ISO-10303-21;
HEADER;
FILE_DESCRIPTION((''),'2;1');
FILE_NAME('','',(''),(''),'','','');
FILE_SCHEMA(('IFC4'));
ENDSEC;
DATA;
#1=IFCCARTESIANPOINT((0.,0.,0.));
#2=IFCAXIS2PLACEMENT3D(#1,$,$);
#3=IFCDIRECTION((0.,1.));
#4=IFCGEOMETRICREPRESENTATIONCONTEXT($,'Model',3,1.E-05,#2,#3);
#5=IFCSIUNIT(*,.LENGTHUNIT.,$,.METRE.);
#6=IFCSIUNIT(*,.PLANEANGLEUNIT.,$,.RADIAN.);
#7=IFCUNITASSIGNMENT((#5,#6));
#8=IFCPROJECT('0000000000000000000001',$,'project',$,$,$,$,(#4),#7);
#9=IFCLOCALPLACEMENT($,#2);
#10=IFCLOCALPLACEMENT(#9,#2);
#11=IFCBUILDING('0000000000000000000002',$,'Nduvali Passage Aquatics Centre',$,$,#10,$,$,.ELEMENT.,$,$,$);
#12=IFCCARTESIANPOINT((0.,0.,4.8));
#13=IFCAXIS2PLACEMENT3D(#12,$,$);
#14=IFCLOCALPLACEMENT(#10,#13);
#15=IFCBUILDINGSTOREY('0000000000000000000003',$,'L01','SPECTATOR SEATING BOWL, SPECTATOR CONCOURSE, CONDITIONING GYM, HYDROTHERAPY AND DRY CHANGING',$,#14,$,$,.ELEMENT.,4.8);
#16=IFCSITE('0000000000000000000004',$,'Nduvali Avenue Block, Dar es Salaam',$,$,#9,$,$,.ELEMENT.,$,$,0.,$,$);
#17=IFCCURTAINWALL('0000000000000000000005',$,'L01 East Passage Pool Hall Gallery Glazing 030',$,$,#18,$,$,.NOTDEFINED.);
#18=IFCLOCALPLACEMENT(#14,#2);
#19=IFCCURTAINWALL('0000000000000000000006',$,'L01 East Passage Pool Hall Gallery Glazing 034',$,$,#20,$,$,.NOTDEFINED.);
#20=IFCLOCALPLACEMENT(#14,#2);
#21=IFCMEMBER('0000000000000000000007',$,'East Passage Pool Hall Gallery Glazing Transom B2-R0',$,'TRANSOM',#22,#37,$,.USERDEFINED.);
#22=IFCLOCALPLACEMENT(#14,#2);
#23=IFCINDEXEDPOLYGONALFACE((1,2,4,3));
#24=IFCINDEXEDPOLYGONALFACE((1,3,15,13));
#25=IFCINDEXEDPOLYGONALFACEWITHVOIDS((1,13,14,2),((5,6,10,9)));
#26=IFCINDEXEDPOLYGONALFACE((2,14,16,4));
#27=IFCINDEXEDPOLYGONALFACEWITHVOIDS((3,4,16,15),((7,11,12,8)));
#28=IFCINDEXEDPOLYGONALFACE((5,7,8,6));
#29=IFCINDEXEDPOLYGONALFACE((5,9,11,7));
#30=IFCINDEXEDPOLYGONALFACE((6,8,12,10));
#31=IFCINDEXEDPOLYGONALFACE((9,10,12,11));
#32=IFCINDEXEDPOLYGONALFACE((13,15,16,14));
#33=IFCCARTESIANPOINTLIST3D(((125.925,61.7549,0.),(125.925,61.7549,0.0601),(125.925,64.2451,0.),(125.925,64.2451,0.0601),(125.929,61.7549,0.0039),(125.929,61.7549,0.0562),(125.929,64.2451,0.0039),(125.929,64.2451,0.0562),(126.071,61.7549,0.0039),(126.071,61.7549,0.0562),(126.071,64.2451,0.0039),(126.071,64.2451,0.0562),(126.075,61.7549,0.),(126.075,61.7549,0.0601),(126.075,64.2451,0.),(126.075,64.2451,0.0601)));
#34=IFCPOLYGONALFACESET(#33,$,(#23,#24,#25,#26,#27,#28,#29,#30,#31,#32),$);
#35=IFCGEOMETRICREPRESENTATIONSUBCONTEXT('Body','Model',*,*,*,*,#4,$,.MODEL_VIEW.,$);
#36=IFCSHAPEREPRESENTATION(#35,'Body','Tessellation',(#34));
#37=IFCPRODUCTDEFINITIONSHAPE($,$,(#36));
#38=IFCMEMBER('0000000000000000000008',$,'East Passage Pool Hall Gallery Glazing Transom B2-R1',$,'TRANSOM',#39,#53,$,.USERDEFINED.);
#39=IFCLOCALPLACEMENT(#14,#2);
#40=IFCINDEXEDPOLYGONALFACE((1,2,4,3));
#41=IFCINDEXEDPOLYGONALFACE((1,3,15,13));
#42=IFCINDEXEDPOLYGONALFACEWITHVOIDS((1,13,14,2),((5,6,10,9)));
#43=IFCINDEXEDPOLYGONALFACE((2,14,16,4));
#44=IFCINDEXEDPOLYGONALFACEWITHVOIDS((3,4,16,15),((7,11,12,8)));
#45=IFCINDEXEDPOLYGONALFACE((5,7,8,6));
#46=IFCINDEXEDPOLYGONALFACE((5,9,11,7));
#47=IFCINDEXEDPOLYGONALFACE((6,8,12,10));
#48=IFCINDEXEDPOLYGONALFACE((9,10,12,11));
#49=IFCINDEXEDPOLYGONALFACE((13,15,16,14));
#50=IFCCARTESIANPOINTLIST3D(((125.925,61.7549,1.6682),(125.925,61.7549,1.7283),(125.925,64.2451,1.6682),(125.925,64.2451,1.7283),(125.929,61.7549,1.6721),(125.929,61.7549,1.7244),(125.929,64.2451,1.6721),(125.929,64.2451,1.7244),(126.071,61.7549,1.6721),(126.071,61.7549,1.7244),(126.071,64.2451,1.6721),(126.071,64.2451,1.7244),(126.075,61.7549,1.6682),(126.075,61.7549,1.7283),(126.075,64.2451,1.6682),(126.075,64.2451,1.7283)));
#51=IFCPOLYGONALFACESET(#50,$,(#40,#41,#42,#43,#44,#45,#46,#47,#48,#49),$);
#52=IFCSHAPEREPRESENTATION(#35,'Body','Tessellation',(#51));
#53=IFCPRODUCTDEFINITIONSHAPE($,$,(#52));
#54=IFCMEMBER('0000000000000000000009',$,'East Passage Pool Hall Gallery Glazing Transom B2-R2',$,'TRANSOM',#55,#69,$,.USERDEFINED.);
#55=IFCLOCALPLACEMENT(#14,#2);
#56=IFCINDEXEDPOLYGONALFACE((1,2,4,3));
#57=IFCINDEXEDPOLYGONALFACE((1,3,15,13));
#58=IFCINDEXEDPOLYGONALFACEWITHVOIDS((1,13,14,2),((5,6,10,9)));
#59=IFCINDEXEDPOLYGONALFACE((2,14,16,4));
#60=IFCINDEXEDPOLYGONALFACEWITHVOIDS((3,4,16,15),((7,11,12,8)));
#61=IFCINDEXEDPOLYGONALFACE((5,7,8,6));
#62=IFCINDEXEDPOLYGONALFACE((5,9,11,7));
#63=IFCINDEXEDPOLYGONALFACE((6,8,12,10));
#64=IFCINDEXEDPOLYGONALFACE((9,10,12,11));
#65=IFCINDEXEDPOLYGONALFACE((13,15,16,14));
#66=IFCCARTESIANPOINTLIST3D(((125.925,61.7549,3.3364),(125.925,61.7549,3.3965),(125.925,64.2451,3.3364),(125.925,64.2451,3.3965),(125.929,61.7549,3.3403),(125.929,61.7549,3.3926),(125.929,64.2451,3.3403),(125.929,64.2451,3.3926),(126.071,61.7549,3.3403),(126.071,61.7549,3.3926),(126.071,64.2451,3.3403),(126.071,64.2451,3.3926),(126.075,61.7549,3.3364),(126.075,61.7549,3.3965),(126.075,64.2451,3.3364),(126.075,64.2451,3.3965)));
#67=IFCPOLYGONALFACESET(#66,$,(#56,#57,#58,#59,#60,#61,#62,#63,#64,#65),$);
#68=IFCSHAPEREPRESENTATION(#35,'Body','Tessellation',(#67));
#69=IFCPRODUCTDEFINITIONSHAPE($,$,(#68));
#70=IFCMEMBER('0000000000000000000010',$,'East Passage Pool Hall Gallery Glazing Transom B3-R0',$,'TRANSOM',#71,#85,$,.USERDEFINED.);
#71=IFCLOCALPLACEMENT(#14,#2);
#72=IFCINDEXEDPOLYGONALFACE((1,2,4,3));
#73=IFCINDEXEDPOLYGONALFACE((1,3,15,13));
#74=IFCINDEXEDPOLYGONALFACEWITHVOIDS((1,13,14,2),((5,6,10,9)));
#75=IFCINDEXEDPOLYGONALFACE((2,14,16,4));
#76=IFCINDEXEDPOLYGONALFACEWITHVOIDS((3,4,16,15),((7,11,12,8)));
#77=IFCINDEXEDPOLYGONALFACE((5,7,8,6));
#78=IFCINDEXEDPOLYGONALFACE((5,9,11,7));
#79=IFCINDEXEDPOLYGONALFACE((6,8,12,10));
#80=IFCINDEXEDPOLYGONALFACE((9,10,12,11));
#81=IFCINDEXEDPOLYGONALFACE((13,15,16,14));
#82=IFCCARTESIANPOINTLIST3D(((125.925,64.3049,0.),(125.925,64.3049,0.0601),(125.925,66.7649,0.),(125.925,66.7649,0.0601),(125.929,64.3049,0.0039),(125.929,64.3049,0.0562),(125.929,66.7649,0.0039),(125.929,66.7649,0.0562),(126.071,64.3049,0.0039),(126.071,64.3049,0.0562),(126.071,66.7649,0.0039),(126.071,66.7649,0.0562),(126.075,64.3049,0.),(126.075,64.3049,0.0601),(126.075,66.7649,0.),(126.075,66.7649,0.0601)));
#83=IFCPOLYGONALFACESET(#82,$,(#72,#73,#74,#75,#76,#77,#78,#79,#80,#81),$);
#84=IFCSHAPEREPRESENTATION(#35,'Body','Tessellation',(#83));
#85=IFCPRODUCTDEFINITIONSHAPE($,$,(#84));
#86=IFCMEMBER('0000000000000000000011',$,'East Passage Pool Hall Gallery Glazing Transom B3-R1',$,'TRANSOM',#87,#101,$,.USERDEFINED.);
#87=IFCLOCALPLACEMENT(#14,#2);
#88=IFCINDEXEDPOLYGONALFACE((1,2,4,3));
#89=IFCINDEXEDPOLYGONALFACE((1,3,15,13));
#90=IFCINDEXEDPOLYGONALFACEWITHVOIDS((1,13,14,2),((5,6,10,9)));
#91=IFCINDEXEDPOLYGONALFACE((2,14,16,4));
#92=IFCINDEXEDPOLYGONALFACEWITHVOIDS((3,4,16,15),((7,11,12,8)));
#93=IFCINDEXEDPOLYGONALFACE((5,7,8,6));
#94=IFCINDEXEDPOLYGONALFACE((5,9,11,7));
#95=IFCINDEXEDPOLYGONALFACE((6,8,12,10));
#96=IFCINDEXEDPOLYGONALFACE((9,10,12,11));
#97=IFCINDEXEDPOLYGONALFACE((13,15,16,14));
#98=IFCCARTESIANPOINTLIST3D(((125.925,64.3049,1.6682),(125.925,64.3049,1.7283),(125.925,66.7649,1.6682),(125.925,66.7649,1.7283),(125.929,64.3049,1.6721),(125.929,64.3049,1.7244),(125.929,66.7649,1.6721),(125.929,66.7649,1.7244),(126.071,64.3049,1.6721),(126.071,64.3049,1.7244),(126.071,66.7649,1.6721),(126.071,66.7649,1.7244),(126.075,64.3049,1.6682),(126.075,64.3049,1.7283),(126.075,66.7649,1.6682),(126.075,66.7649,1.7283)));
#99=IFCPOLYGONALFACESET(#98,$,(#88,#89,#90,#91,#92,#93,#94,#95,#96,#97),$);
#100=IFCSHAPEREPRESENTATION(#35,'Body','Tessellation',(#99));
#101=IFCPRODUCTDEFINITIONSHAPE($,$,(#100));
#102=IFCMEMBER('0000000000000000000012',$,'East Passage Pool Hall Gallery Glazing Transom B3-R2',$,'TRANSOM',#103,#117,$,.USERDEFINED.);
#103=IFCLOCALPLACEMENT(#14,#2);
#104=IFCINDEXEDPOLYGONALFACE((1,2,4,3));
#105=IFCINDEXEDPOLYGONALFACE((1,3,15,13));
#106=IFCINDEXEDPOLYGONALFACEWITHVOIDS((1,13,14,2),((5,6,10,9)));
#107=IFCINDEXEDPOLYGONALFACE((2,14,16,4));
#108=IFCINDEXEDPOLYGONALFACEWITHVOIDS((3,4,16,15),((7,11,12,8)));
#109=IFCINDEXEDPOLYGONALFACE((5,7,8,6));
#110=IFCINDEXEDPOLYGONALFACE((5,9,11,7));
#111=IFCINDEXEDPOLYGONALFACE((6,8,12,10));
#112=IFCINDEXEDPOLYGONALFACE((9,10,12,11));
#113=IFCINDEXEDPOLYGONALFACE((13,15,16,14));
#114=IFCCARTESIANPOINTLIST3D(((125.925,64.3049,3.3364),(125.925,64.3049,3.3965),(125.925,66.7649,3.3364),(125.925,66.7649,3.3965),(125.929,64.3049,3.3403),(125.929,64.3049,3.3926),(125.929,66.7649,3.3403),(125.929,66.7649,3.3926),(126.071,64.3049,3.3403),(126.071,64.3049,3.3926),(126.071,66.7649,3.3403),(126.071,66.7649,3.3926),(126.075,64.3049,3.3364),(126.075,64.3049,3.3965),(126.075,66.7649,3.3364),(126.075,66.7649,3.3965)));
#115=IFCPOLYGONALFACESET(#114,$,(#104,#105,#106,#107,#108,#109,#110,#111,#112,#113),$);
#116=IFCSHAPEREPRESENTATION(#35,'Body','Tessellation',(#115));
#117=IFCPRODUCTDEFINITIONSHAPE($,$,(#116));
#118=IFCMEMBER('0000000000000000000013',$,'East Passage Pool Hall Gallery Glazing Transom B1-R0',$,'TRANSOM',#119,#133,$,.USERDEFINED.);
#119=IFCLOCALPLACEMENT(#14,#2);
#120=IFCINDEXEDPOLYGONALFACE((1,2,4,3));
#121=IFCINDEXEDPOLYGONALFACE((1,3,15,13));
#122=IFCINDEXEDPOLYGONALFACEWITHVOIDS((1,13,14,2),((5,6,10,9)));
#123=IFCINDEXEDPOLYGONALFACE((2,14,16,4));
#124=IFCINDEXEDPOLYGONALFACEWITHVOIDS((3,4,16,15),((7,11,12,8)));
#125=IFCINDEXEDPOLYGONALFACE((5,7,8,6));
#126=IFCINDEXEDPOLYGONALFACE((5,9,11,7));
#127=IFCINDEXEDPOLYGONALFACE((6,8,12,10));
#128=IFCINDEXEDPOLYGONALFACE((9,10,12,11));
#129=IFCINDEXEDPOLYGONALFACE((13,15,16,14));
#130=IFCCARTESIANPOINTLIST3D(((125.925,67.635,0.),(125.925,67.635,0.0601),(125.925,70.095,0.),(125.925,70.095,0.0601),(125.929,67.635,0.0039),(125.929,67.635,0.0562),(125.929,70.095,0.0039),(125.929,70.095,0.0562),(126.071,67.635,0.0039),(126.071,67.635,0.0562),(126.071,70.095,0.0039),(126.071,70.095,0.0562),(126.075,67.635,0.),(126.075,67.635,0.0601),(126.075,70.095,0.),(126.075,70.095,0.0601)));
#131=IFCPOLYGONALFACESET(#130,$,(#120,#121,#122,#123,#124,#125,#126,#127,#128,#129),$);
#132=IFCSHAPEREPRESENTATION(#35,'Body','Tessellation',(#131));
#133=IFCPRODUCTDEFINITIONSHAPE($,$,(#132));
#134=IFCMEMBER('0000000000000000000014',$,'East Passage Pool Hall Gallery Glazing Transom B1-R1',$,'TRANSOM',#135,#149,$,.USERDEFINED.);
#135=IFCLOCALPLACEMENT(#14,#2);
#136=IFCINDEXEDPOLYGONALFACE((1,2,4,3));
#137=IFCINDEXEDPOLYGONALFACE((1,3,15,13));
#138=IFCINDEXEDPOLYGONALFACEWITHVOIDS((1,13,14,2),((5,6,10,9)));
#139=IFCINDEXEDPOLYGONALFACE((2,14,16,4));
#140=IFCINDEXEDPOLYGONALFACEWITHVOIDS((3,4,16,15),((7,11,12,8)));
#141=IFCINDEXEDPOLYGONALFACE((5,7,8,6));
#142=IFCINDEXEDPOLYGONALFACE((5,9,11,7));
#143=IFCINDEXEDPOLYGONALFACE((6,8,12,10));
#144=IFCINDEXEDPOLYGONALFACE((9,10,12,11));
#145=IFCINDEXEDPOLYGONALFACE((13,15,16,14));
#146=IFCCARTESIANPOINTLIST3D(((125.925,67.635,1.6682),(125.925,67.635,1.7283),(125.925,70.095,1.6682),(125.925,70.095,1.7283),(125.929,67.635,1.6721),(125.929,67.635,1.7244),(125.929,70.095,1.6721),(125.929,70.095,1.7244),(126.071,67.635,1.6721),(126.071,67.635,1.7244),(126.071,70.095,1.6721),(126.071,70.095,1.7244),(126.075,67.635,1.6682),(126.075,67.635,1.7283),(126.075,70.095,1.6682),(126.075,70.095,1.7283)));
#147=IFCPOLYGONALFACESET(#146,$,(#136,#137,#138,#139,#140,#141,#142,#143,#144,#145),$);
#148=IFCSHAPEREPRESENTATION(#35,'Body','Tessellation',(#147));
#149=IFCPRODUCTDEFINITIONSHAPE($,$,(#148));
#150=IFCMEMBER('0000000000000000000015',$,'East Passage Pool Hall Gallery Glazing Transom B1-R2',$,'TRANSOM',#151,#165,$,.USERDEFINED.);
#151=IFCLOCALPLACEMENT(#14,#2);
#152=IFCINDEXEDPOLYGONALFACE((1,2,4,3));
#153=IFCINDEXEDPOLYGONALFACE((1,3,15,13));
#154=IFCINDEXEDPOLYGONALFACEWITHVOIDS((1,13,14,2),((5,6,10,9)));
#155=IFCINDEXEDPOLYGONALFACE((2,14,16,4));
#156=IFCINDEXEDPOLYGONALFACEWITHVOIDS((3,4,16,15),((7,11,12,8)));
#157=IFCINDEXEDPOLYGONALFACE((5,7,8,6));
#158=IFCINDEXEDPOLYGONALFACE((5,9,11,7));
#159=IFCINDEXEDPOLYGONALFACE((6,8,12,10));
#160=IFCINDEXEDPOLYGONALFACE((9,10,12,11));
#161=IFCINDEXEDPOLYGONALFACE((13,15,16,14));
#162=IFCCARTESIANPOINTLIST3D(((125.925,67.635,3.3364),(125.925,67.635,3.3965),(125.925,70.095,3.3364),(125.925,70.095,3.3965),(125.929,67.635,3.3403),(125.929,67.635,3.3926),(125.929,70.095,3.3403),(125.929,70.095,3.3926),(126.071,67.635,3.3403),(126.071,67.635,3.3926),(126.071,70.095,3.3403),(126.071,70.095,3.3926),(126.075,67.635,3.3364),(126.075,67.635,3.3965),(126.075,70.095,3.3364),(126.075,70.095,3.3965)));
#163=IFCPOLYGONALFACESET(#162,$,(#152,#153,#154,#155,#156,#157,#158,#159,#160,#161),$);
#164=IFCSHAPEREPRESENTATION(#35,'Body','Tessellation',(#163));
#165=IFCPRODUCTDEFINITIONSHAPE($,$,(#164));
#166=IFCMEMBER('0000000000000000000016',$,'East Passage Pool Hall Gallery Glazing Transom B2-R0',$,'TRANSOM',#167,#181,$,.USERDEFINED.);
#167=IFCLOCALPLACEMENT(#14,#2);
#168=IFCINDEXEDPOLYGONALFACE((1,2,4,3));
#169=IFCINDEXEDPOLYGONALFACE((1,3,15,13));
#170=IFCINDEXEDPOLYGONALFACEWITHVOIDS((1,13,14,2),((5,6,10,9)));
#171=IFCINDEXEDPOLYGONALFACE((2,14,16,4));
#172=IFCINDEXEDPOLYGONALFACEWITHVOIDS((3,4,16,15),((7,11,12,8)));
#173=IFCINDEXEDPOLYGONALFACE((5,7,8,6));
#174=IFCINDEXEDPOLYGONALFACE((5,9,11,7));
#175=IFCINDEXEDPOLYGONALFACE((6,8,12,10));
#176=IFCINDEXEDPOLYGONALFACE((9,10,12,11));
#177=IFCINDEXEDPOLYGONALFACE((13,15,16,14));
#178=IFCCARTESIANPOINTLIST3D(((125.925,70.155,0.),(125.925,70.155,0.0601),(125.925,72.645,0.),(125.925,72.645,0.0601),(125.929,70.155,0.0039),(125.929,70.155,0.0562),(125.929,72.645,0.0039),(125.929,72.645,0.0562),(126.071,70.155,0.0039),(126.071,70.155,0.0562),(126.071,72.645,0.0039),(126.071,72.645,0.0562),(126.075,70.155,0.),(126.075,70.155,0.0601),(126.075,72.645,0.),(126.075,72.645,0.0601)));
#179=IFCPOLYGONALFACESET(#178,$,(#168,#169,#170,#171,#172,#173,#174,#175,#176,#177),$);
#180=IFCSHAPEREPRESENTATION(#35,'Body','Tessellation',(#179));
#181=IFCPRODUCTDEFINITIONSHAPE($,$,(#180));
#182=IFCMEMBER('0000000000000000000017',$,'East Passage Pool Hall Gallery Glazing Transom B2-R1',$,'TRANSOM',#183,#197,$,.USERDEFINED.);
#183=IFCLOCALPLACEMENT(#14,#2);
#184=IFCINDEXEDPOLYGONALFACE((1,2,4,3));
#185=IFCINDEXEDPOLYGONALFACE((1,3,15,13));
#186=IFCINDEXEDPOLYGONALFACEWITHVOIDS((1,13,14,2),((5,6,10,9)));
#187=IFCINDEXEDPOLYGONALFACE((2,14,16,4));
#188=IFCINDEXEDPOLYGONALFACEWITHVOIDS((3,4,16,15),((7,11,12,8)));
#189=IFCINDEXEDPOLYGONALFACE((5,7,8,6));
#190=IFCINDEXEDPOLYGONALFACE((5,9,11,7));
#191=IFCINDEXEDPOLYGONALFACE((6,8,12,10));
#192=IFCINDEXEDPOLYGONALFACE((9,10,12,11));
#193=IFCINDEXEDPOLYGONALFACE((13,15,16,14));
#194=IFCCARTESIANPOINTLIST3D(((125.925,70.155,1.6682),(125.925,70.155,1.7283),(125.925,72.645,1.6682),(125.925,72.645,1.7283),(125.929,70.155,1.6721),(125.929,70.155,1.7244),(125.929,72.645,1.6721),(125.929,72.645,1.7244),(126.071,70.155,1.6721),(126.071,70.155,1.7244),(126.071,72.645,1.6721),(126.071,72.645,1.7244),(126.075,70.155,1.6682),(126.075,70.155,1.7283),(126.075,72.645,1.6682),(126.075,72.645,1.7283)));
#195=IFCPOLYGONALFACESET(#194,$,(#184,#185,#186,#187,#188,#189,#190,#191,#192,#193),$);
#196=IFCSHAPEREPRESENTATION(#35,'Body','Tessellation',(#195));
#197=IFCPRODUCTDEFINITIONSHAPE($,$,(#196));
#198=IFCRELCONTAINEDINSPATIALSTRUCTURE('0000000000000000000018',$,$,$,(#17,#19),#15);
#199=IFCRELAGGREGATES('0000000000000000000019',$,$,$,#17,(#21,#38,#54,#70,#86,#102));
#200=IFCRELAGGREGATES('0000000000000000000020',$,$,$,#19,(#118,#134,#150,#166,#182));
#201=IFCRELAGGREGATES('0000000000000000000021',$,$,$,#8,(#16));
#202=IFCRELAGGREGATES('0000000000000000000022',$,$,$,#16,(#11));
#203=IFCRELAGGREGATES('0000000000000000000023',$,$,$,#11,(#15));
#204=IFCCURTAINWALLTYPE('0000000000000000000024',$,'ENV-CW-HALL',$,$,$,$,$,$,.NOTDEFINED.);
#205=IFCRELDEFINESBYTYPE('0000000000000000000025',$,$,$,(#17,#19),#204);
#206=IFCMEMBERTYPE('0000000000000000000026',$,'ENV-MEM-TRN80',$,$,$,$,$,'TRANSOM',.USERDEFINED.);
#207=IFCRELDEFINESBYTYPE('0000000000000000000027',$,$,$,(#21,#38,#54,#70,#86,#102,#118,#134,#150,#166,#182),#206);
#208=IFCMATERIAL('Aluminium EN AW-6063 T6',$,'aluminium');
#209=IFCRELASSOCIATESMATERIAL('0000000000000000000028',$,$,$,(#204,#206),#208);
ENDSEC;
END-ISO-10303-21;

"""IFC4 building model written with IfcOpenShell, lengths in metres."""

from ifc_helpers import new_model, si_unit, direction, frame, origin, origin_2d, place, context, subcontext, project, spatial, hollow_rectangle, extrude, material, material_profile, profile_set, type_object, element, aggregate, save


model = new_model("IFC4")

# Units and contexts
model_context = context("Model", 3, precision=1e-05, world=origin(), true_north=direction((0.0, 1.0)))
body_context = subcontext(model_context, "Body", "Model", "MODEL_VIEW")
ifc_project = project(units=[si_unit("LENGTHUNIT", "METRE"), si_unit("PLANEANGLEUNIT", "RADIAN")], contexts=[model_context])

# Site, building, storey
site_placement = place(None, origin())
site = spatial("IfcSite", under=ifc_project, at=site_placement, Name="Nduvali Avenue Block, Dar es Salaam", CompositionType="ELEMENT", RefElevation=0.0)
building_placement = place(site_placement, origin())
building = spatial("IfcBuilding", under=site, at=building_placement, Name="Nduvali Passage Aquatics Centre", CompositionType="ELEMENT")
storey_placement = place(building_placement, frame((0.0, 0.0, 4.8)))
storey = spatial("IfcBuildingStorey", under=building, at=storey_placement, Name="L01", Description="SPECTATOR SEATING BOWL, SPECTATOR CONCOURSE, CONDITIONING GYM, HYDROTHERAPY AND DRY CHANGING", CompositionType="ELEMENT", Elevation=4.8)

# Curtain walls
ifc_material_1 = material(Name="Aluminium EN AW-6063 T6", Category="aluminium")
curtain_wall_type = type_object("IfcCurtainWallType", Name="ENV-CW-HALL", PredefinedType="NOTDEFINED", material=ifc_material_1)
curtain_wall_1_placement = place(storey_placement, origin())
curtain_wall_1 = element("IfcCurtainWall", 1, at=curtain_wall_1_placement, inside=storey, type_object=curtain_wall_type, Name="L01 East Passage Pool Hall Gallery Glazing 030", PredefinedType="NOTDEFINED")
curtain_wall_2_placement = place(storey_placement, origin())
curtain_wall_2 = element("IfcCurtainWall", 2, at=curtain_wall_2_placement, inside=storey, type_object=curtain_wall_type, Name="L01 East Passage Pool Hall Gallery Glazing 034", PredefinedType="NOTDEFINED")

# Members
ifc_material_profile_1 = material_profile(ifc_material_1, hollow_rectangle(XDim=0.1499, YDim=0.0601, WallThickness=0.0039, at=origin_2d()), Name="ALU TRANSOM 150x60x4")
ifc_profile_set_1 = profile_set([ifc_material_profile_1], Name="Aluminium EN AW-6063 T6")
member_type_1 = type_object("IfcMemberType", Name="ENV-MEM-TRN80", ElementType="TRANSOM", PredefinedType="USERDEFINED", material=ifc_profile_set_1)
member_1_placement = place(storey_placement, frame((126.0, 61.7549, 0.03), z_axis=(0.0, 1.0, 0.0), x_axis=(-1.0, 0.0, 0.0)))
member_1 = element("IfcMember", 3, at=member_1_placement, type_object=member_type_1, Name="East Passage Pool Hall Gallery Glazing Transom B2-R0", ObjectType="TRANSOM", PredefinedType="USERDEFINED", context=body_context, shape_type="SweptSolid", body=[
    extrude(hollow_rectangle(XDim=0.1499, YDim=0.0601, WallThickness=0.0039, at=origin_2d()), origin(), (0.0, 0.0, 1.0), 2.4902),
])
member_2_placement = place(storey_placement, frame((126.0, 61.7549, 1.6982), z_axis=(0.0, 1.0, 0.0), x_axis=(-1.0, 0.0, 0.0)))
member_2 = element("IfcMember", 4, at=member_2_placement, type_object=member_type_1, Name="East Passage Pool Hall Gallery Glazing Transom B2-R1", ObjectType="TRANSOM", PredefinedType="USERDEFINED", context=body_context, shape_type="SweptSolid", body=[
    extrude(hollow_rectangle(XDim=0.1499, YDim=0.0601, WallThickness=0.0039, at=origin_2d()), origin(), (0.0, 0.0, 1.0), 2.4902),
])
member_3_placement = place(storey_placement, frame((126.0, 61.7549, 3.3665), z_axis=(0.0, 1.0, 0.0), x_axis=(-1.0, 0.0, 0.0)))
member_3 = element("IfcMember", 5, at=member_3_placement, type_object=member_type_1, Name="East Passage Pool Hall Gallery Glazing Transom B2-R2", ObjectType="TRANSOM", PredefinedType="USERDEFINED", context=body_context, shape_type="SweptSolid", body=[
    extrude(hollow_rectangle(XDim=0.1499, YDim=0.0601, WallThickness=0.0039, at=origin_2d()), origin(), (0.0, 0.0, 1.0), 2.4902),
])
member_4_placement = place(storey_placement, frame((126.0, 64.3049, 0.03), z_axis=(0.0, 1.0, 0.0), x_axis=(-1.0, 0.0, 0.0)))
member_4 = element("IfcMember", 6, at=member_4_placement, type_object=member_type_1, Name="East Passage Pool Hall Gallery Glazing Transom B3-R0", ObjectType="TRANSOM", PredefinedType="USERDEFINED", context=body_context, shape_type="SweptSolid", body=[
    extrude(hollow_rectangle(XDim=0.1499, YDim=0.0601, WallThickness=0.0039, at=origin_2d()), origin(), (0.0, 0.0, 1.0), 2.46),
])
member_5_placement = place(storey_placement, frame((126.0, 64.3049, 1.6982), z_axis=(0.0, 1.0, 0.0), x_axis=(-1.0, 0.0, 0.0)))
member_5 = element("IfcMember", 7, at=member_5_placement, type_object=member_type_1, Name="East Passage Pool Hall Gallery Glazing Transom B3-R1", ObjectType="TRANSOM", PredefinedType="USERDEFINED", context=body_context, shape_type="SweptSolid", body=[
    extrude(hollow_rectangle(XDim=0.1499, YDim=0.0601, WallThickness=0.0039, at=origin_2d()), origin(), (0.0, 0.0, 1.0), 2.46),
])
member_6_placement = place(storey_placement, frame((126.0, 64.3049, 3.3665), z_axis=(0.0, 1.0, 0.0), x_axis=(-1.0, 0.0, 0.0)))
member_6 = element("IfcMember", 8, at=member_6_placement, type_object=member_type_1, Name="East Passage Pool Hall Gallery Glazing Transom B3-R2", ObjectType="TRANSOM", PredefinedType="USERDEFINED", context=body_context, shape_type="SweptSolid", body=[
    extrude(hollow_rectangle(XDim=0.1499, YDim=0.0601, WallThickness=0.0039, at=origin_2d()), origin(), (0.0, 0.0, 1.0), 2.46),
])
member_7_placement = place(storey_placement, frame((126.0, 67.635, 0.03), z_axis=(0.0, 1.0, 0.0), x_axis=(-1.0, 0.0, 0.0)))
member_7 = element("IfcMember", 9, at=member_7_placement, type_object=member_type_1, Name="East Passage Pool Hall Gallery Glazing Transom B1-R0", ObjectType="TRANSOM", PredefinedType="USERDEFINED", context=body_context, shape_type="SweptSolid", body=[
    extrude(hollow_rectangle(XDim=0.1499, YDim=0.0601, WallThickness=0.0039, at=origin_2d()), origin(), (0.0, 0.0, 1.0), 2.46),
])
member_8_placement = place(storey_placement, frame((126.0, 67.635, 1.6982), z_axis=(0.0, 1.0, 0.0), x_axis=(-1.0, 0.0, 0.0)))
member_8 = element("IfcMember", 10, at=member_8_placement, type_object=member_type_1, Name="East Passage Pool Hall Gallery Glazing Transom B1-R1", ObjectType="TRANSOM", PredefinedType="USERDEFINED", context=body_context, shape_type="SweptSolid", body=[
    extrude(hollow_rectangle(XDim=0.1499, YDim=0.0601, WallThickness=0.0039, at=origin_2d()), origin(), (0.0, 0.0, 1.0), 2.46),
])
member_9_placement = place(storey_placement, frame((126.0, 67.635, 3.3665), z_axis=(0.0, 1.0, 0.0), x_axis=(-1.0, 0.0, 0.0)))
member_9 = element("IfcMember", 11, at=member_9_placement, type_object=member_type_1, Name="East Passage Pool Hall Gallery Glazing Transom B1-R2", ObjectType="TRANSOM", PredefinedType="USERDEFINED", context=body_context, shape_type="SweptSolid", body=[
    extrude(hollow_rectangle(XDim=0.1499, YDim=0.0601, WallThickness=0.0039, at=origin_2d()), origin(), (0.0, 0.0, 1.0), 2.46),
])
member_10_placement = place(storey_placement, frame((126.0, 70.155, 0.03), z_axis=(0.0, 1.0, 0.0), x_axis=(-1.0, 0.0, 0.0)))
member_10 = element("IfcMember", 12, at=member_10_placement, type_object=member_type_1, Name="East Passage Pool Hall Gallery Glazing Transom B2-R0", ObjectType="TRANSOM", PredefinedType="USERDEFINED", context=body_context, shape_type="SweptSolid", body=[
    extrude(hollow_rectangle(XDim=0.1499, YDim=0.0601, WallThickness=0.0039, at=origin_2d()), origin(), (0.0, 0.0, 1.0), 2.49),
])
member_11_placement = place(storey_placement, frame((126.0, 70.155, 1.6982), z_axis=(0.0, 1.0, 0.0), x_axis=(-1.0, 0.0, 0.0)))
member_11 = element("IfcMember", 13, at=member_11_placement, type_object=member_type_1, Name="East Passage Pool Hall Gallery Glazing Transom B2-R1", ObjectType="TRANSOM", PredefinedType="USERDEFINED", context=body_context, shape_type="SweptSolid", body=[
    extrude(hollow_rectangle(XDim=0.1499, YDim=0.0601, WallThickness=0.0039, at=origin_2d()), origin(), (0.0, 0.0, 1.0), 2.49),
])

aggregate(curtain_wall_1, [member_1, member_2, member_3, member_4, member_5, member_6])
aggregate(curtain_wall_2, [member_7, member_8, member_9, member_10, member_11])

save(model, "model.ifc")
